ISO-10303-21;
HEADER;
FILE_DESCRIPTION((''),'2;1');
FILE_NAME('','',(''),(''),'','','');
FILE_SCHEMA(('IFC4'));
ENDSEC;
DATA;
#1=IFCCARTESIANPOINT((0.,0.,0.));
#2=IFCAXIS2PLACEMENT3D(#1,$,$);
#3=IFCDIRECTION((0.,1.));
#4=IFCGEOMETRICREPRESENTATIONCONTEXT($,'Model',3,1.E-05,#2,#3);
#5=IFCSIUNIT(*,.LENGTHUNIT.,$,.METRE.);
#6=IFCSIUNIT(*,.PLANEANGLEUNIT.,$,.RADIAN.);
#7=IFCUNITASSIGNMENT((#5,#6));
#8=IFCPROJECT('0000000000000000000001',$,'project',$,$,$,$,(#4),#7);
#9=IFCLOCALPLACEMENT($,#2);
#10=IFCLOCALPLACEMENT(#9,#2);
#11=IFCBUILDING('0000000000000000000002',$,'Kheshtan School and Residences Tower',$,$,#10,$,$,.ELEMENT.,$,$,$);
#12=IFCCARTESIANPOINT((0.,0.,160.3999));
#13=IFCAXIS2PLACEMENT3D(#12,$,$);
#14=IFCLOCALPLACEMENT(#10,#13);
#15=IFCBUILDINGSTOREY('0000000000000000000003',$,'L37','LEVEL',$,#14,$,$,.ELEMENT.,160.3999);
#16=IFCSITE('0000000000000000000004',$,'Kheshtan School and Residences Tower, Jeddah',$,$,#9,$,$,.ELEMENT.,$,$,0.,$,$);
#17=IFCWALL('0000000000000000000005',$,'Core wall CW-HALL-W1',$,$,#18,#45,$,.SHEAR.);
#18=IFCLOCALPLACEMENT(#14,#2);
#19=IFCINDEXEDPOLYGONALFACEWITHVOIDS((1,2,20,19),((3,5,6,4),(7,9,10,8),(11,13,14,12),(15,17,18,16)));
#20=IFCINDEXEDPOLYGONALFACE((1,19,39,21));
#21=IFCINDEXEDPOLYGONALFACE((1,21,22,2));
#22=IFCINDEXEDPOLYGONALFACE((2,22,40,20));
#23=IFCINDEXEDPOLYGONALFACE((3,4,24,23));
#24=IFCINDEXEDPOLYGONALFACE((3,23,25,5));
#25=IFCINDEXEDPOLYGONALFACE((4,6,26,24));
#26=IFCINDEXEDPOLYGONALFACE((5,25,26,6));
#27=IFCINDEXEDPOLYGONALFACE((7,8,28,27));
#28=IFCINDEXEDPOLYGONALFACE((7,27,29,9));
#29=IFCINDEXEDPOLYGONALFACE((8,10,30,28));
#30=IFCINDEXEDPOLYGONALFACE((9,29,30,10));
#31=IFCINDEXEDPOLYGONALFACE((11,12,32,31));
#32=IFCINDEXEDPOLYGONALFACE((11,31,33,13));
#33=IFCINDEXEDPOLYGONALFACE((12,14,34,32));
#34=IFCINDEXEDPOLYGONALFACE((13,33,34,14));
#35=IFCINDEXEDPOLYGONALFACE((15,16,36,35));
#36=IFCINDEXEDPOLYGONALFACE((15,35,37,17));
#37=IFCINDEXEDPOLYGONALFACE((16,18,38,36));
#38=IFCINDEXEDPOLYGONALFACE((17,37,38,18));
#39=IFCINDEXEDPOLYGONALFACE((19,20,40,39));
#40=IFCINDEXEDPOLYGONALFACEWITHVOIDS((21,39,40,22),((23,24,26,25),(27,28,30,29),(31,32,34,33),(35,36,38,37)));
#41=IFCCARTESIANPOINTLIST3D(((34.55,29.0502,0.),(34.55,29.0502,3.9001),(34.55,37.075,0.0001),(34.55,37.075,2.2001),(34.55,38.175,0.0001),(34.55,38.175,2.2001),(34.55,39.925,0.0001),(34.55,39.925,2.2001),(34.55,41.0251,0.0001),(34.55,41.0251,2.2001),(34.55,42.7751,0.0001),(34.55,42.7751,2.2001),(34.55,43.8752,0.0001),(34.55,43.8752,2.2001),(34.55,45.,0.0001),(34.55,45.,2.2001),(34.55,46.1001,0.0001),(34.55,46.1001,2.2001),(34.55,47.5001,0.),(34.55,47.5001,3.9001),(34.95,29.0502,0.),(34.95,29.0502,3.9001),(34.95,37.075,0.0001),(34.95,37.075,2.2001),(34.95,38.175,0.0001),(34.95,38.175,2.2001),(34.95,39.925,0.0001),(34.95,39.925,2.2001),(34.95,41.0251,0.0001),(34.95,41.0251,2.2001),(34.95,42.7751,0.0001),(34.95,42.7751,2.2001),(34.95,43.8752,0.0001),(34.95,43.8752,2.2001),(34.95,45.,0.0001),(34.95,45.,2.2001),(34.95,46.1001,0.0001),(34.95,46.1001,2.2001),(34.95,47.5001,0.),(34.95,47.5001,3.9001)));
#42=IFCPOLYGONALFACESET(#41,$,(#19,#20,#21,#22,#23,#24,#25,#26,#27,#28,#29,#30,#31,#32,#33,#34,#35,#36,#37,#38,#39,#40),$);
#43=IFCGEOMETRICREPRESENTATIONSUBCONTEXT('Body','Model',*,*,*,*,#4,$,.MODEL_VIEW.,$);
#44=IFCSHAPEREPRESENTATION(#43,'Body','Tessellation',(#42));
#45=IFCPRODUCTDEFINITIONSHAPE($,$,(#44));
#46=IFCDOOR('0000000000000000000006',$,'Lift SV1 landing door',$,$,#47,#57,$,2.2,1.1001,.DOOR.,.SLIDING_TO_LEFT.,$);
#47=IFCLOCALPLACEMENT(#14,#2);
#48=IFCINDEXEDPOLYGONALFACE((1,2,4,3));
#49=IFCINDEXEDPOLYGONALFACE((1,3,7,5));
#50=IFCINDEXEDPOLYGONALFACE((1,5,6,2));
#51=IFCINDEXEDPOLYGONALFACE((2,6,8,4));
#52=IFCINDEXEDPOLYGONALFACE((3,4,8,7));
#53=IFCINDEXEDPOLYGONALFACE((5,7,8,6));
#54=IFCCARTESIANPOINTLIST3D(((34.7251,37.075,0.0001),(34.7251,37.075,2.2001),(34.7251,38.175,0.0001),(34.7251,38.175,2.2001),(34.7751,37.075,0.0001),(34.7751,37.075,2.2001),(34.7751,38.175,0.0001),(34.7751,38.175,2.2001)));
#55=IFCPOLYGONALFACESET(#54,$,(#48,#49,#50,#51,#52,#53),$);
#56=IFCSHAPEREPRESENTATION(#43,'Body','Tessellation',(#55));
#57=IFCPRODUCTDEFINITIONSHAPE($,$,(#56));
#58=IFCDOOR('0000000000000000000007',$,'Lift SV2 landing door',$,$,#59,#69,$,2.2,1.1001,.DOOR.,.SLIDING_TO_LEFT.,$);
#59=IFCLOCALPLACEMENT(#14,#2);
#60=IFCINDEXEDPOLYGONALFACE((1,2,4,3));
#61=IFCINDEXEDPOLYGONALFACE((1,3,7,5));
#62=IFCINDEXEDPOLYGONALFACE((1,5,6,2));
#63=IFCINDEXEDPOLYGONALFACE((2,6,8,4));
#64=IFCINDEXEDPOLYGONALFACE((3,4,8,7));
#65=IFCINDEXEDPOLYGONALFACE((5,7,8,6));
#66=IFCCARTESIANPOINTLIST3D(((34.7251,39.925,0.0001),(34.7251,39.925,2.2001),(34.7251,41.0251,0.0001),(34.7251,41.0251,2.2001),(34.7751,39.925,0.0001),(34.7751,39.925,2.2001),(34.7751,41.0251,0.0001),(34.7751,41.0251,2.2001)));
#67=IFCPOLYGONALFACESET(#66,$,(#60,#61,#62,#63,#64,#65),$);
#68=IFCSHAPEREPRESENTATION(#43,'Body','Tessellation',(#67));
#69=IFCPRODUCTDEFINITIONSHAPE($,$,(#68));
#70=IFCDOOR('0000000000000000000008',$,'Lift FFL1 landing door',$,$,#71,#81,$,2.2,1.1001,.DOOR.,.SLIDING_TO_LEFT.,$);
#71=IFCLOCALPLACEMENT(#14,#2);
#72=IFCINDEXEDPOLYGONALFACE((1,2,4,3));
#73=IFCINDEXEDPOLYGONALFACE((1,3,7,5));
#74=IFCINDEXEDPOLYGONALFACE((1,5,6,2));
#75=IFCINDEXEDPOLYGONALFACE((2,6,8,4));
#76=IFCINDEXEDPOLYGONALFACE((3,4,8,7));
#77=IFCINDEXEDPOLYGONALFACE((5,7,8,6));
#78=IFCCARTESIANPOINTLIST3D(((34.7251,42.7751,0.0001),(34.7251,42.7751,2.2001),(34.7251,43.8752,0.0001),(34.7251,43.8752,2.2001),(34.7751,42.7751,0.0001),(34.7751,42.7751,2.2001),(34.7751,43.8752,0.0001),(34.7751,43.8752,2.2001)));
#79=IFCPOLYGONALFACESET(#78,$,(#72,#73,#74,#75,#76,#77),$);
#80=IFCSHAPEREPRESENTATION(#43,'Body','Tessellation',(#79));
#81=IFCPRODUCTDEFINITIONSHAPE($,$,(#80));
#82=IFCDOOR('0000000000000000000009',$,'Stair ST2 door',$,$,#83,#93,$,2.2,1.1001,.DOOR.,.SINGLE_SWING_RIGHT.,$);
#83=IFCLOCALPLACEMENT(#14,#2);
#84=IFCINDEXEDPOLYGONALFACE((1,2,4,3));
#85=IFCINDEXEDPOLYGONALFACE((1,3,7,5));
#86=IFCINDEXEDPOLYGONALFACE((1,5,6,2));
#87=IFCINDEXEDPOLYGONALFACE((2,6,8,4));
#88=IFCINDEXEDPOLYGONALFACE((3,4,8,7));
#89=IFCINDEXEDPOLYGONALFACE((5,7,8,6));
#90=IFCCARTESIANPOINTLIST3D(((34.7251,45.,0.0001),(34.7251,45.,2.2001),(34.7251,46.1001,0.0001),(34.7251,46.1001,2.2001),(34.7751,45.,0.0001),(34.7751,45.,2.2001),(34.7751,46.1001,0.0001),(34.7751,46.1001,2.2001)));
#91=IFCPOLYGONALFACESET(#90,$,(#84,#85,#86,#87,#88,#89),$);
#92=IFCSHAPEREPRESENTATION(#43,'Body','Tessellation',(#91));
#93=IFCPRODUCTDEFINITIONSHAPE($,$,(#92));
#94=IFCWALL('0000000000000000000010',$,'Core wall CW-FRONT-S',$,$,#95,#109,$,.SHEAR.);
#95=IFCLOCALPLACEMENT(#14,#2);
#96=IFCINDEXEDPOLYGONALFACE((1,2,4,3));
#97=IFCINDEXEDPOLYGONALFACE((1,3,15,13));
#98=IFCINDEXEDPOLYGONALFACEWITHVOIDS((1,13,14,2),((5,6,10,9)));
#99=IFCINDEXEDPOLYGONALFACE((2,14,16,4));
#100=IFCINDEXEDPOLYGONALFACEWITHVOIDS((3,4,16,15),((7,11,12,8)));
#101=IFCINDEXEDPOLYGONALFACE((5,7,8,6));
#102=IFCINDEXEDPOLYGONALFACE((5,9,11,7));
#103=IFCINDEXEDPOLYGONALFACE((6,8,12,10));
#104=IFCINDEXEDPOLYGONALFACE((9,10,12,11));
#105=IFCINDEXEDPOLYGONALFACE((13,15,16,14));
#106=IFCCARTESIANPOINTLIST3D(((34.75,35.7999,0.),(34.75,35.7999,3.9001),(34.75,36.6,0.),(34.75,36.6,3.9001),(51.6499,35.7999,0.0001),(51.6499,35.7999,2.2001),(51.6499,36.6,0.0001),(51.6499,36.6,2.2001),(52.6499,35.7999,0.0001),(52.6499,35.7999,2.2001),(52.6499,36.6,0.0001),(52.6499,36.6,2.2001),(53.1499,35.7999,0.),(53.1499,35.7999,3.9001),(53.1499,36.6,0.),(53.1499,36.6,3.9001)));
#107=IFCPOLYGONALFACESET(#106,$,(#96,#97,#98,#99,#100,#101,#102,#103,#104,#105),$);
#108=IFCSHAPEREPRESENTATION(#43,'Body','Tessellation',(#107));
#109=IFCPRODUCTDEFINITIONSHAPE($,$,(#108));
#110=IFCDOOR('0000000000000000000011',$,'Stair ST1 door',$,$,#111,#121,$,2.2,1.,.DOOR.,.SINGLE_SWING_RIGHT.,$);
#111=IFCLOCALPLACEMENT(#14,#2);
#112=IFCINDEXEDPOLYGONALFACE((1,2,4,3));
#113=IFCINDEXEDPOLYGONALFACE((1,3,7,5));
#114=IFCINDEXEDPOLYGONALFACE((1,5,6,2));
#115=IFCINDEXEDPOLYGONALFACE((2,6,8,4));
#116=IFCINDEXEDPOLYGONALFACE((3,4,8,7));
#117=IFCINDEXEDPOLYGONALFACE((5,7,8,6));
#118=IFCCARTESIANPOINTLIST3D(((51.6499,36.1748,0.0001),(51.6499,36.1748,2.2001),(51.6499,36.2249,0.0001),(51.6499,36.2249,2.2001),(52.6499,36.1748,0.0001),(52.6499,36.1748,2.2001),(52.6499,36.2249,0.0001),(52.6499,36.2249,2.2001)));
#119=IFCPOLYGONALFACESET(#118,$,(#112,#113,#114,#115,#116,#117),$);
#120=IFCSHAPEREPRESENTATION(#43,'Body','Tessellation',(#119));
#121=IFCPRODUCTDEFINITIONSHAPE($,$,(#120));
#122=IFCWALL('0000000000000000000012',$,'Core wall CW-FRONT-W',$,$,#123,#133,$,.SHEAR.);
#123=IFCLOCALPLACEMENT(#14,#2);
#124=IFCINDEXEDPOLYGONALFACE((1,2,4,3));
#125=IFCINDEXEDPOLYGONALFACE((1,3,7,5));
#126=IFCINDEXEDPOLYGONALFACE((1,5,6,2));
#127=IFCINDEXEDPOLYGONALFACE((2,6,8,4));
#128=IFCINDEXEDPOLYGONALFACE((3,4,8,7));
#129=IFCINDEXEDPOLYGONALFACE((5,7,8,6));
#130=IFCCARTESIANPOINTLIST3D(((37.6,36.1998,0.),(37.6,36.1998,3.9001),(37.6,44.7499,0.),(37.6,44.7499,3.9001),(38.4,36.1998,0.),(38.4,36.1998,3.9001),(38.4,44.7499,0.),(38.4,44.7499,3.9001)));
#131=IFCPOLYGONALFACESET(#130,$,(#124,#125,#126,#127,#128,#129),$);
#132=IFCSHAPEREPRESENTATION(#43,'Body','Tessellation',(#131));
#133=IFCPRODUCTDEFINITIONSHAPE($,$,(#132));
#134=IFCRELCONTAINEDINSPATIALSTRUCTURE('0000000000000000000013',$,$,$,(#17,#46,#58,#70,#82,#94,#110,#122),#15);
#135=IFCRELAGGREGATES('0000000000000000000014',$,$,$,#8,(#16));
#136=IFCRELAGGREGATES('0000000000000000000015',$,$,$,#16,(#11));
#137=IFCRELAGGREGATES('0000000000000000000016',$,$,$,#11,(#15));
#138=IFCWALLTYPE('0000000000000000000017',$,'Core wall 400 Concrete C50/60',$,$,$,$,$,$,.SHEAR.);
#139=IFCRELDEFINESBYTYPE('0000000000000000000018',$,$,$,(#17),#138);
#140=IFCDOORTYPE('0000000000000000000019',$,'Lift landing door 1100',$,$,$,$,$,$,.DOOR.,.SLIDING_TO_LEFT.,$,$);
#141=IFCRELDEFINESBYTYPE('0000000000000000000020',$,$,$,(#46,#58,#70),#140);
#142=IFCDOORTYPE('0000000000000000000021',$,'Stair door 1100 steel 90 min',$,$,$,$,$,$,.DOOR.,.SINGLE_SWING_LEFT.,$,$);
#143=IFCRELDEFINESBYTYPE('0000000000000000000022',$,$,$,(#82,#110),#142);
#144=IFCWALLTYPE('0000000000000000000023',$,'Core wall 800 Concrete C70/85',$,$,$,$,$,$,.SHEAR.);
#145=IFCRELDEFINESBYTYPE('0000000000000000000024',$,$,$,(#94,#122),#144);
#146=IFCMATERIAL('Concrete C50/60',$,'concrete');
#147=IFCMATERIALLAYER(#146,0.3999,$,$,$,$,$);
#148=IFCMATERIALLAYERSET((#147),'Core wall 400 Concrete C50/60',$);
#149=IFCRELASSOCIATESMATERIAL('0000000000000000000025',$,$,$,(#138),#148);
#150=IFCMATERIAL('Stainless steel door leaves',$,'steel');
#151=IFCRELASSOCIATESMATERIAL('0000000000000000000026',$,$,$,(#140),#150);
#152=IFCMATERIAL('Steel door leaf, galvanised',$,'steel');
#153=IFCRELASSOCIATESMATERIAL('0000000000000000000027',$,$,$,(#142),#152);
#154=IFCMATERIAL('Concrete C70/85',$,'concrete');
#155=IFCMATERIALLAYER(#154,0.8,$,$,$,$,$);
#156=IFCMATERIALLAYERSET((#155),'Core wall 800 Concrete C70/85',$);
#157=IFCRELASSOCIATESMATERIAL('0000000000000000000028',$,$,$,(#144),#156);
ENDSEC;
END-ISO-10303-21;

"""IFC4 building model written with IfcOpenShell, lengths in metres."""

from ifc_helpers import new_model, si_unit, direction, frame, frame_2d, origin, place, context, subcontext, project, spatial, rectangle, extrude, source, transform, mapped, material, layer, layer_set, type_object, element, fill, save


model = new_model("IFC4")

# Units and contexts
model_context = context("Model", 3, precision=1e-05, world=origin(), true_north=direction((0.0, 1.0)))
body_context = subcontext(model_context, "Body", "Model", "MODEL_VIEW")
ifc_project = project(units=[si_unit("LENGTHUNIT", "METRE"), si_unit("PLANEANGLEUNIT", "RADIAN")], contexts=[model_context])

# Site, building, storey
site_placement = place(None, origin())
site = spatial("IfcSite", under=ifc_project, at=site_placement, Name="Kheshtan School and Residences Tower, Jeddah", CompositionType="ELEMENT", RefElevation=0.0)
building_placement = place(site_placement, origin())
building = spatial("IfcBuilding", under=site, at=building_placement, Name="Kheshtan School and Residences Tower", CompositionType="ELEMENT")
storey_placement = place(building_placement, frame((0.0, 0.0, 160.3999)))
storey = spatial("IfcBuildingStorey", under=building, at=storey_placement, Name="L37", Description="LEVEL", CompositionType="ELEMENT", Elevation=160.3999)

# Shared definitions
ifc_material_1 = material(Name="Concrete C50/60", Category="concrete")
ifc_layer_1 = layer(ifc_material_1, 0.3999)
ifc_layer_set_1 = layer_set([ifc_layer_1], Name="Core wall 400 Concrete C50/60")
wall_type_1 = type_object("IfcWallType", Name="Core wall 400 Concrete C50/60", PredefinedType="SHEAR", material=ifc_layer_set_1)
ifc_material_2 = material(Name="Stainless steel door leaves", Category="steel")
door_type_1 = type_object("IfcDoorType", Name="Lift landing door 1100", OperationType="SLIDING_TO_LEFT", PredefinedType="DOOR", material=ifc_material_2)
shared_shape_1 = source(origin(), body_context, "Body", "SweptSolid", [
    extrude(rectangle(XDim=1.1001, YDim=2.2, at=frame_2d((0.55, 1.1001))), frame((0.0, 0.0249, 0.0), z_axis=(0.0, -1.0, 0.0), x_axis=(1.0, 0.0, 0.0)), (0.0, 0.0, 1.0), 0.05),
])

# Wall, openings, doors
wall_1_placement = place(storey_placement, frame((34.75, 29.05, 0.0), z_axis=(0.0, 0.0, 1.0), x_axis=(0.0, 1.0, 0.0)))
wall_1 = element("IfcWall", 1, at=wall_1_placement, inside=storey, type_object=wall_type_1, Name="Core wall CW-HALL-W1", PredefinedType="SHEAR", context=body_context, shape_type="SweptSolid", body=[
    extrude(rectangle(XDim=18.45, YDim=0.3999, at=frame_2d((9.2251, 0.0))), origin(), (0.0, 0.0, 1.0), 3.9001),
])
opening_1_placement = place(wall_1_placement, frame((8.0249, 0.0, 0.0)))
opening_1 = element("IfcOpeningElement", 2, at=opening_1_placement, cuts=wall_1, PredefinedType="OPENING", context=body_context, shape_type="SweptSolid", body=[
    extrude(rectangle(XDim=1.1001, YDim=2.2, at=frame_2d((0.55, 1.1001))), frame((0.0, 0.21, 0.0), z_axis=(0.0, -1.0, 0.0), x_axis=(1.0, 0.0, 0.0)), (0.0, 0.0, 1.0), 0.4199),
])
opening_2_placement = place(wall_1_placement, frame((10.875, 0.0, 0.0)))
opening_2 = element("IfcOpeningElement", 3, at=opening_2_placement, cuts=wall_1, PredefinedType="OPENING", context=body_context, shape_type="SweptSolid", body=[
    extrude(rectangle(XDim=1.1001, YDim=2.2, at=frame_2d((0.55, 1.1001))), frame((0.0, 0.21, 0.0), z_axis=(0.0, -1.0, 0.0), x_axis=(1.0, 0.0, 0.0)), (0.0, 0.0, 1.0), 0.4199),
])
opening_3_placement = place(wall_1_placement, frame((13.7251, 0.0, 0.0)))
opening_3 = element("IfcOpeningElement", 4, at=opening_3_placement, cuts=wall_1, PredefinedType="OPENING", context=body_context, shape_type="SweptSolid", body=[
    extrude(rectangle(XDim=1.1001, YDim=2.2, at=frame_2d((0.55, 1.1001))), frame((0.0, 0.21, 0.0), z_axis=(0.0, -1.0, 0.0), x_axis=(1.0, 0.0, 0.0)), (0.0, 0.0, 1.0), 0.4199),
])
opening_4_placement = place(wall_1_placement, frame((15.95, 0.0, 0.0)))
opening_4 = element("IfcOpeningElement", 5, at=opening_4_placement, cuts=wall_1, PredefinedType="OPENING", context=body_context, shape_type="SweptSolid", body=[
    extrude(rectangle(XDim=1.1001, YDim=2.2, at=frame_2d((0.55, 1.1001))), frame((0.0, 0.21, 0.0), z_axis=(0.0, -1.0, 0.0), x_axis=(1.0, 0.0, 0.0)), (0.0, 0.0, 1.0), 0.4199),
])
door_1_placement = place(opening_1_placement, origin())
door_1 = element("IfcDoor", 6, at=door_1_placement, inside=storey, type_object=door_type_1, Name="Lift SV1 landing door", OperationType="SLIDING_TO_LEFT", OverallHeight=2.2, OverallWidth=1.1001, PredefinedType="DOOR", context=body_context, shape_type="MappedRepresentation", body=[
    mapped(shared_shape_1, transform((0.0, 0.0, 0.0), x_axis=(1.0, 0.0, 0.0), y_axis=(0.0, 1.0, 0.0), z_axis=(0.0, 0.0, 1.0), scale=1.0)),
])
fill(opening_1, door_1)
door_2_placement = place(opening_2_placement, origin())
door_2 = element("IfcDoor", 7, at=door_2_placement, inside=storey, type_object=door_type_1, Name="Lift SV2 landing door", OperationType="SLIDING_TO_LEFT", OverallHeight=2.2, OverallWidth=1.1001, PredefinedType="DOOR", context=body_context, shape_type="MappedRepresentation", body=[
    mapped(shared_shape_1, transform((0.0, 0.0, 0.0), x_axis=(1.0, 0.0, 0.0), y_axis=(0.0, 1.0, 0.0), z_axis=(0.0, 0.0, 1.0), scale=1.0)),
])
fill(opening_2, door_2)
door_3_placement = place(opening_3_placement, origin())
door_3 = element("IfcDoor", 8, at=door_3_placement, inside=storey, type_object=door_type_1, Name="Lift FFL1 landing door", OperationType="SLIDING_TO_LEFT", OverallHeight=2.2, OverallWidth=1.1001, PredefinedType="DOOR", context=body_context, shape_type="MappedRepresentation", body=[
    mapped(shared_shape_1, transform((0.0, 0.0, 0.0), x_axis=(1.0, 0.0, 0.0), y_axis=(0.0, 1.0, 0.0), z_axis=(0.0, 0.0, 1.0), scale=1.0)),
])
fill(opening_3, door_3)
ifc_material_3 = material(Name="Steel door leaf, galvanised", Category="steel")
door_type_2 = type_object("IfcDoorType", Name="Stair door 1100 steel 90 min", OperationType="SINGLE_SWING_LEFT", PredefinedType="DOOR", material=ifc_material_3)
shared_shape_2 = source(origin(), body_context, "Body", "SweptSolid", [
    extrude(rectangle(XDim=1.1001, YDim=2.2, at=frame_2d((0.55, 1.1001))), frame((0.0, 0.0249, 0.0), z_axis=(0.0, -1.0, 0.0), x_axis=(1.0, 0.0, 0.0)), (0.0, 0.0, 1.0), 0.05),
])
door_4_placement = place(opening_4_placement, origin())
door_4 = element("IfcDoor", 9, at=door_4_placement, inside=storey, type_object=door_type_2, Name="Stair ST2 door", OperationType="SINGLE_SWING_RIGHT", OverallHeight=2.2, OverallWidth=1.1001, PredefinedType="DOOR", context=body_context, shape_type="MappedRepresentation", body=[
    mapped(shared_shape_2, transform((0.0, 0.0, 0.0), x_axis=(1.0, 0.0, 0.0), y_axis=(0.0, 1.0, 0.0), z_axis=(0.0, 0.0, 1.0), scale=1.0)),
])
fill(opening_4, door_4)

# Wall, opening, door
ifc_material_4 = material(Name="Concrete C70/85", Category="concrete")
ifc_layer_2 = layer(ifc_material_4, 0.8)
ifc_layer_set_2 = layer_set([ifc_layer_2], Name="Core wall 800 Concrete C70/85")
wall_type_2 = type_object("IfcWallType", Name="Core wall 800 Concrete C70/85", PredefinedType="SHEAR", material=ifc_layer_set_2)
wall_2_placement = place(storey_placement, frame((34.75, 36.2, 0.0), z_axis=(0.0, 0.0, 1.0), x_axis=(1.0, 0.0, 0.0)))
wall_2 = element("IfcWall", 10, at=wall_2_placement, inside=storey, type_object=wall_type_2, Name="Core wall CW-FRONT-S", PredefinedType="SHEAR", context=body_context, shape_type="SweptSolid", body=[
    extrude(rectangle(XDim=18.3999, YDim=0.8, at=frame_2d((9.2, 0.0))), origin(), (0.0, 0.0, 1.0), 3.9001),
])
opening_5_placement = place(wall_2_placement, frame((16.8999, 0.0, 0.0)))
opening_5 = element("IfcOpeningElement", 11, at=opening_5_placement, cuts=wall_2, PredefinedType="OPENING", context=body_context, shape_type="SweptSolid", body=[
    extrude(rectangle(XDim=1.0, YDim=2.2, at=frame_2d((0.5, 1.1001))), frame((0.0, 0.4102, 0.0), z_axis=(0.0, -1.0, 0.0), x_axis=(1.0, 0.0, 0.0)), (0.0, 0.0, 1.0), 0.8201),
])
shared_shape_3 = source(origin(), body_context, "Body", "SweptSolid", [
    extrude(rectangle(XDim=1.0, YDim=2.2, at=frame_2d((0.5, 1.1001))), frame((0.0, 0.0249, 0.0), z_axis=(0.0, -1.0, 0.0), x_axis=(1.0, 0.0, 0.0)), (0.0, 0.0, 1.0), 0.05),
])
door_5_placement = place(opening_5_placement, origin())
door_5 = element("IfcDoor", 12, at=door_5_placement, inside=storey, type_object=door_type_2, Name="Stair ST1 door", OperationType="SINGLE_SWING_RIGHT", OverallHeight=2.2, OverallWidth=1.0, PredefinedType="DOOR", context=body_context, shape_type="MappedRepresentation", body=[
    mapped(shared_shape_3, transform((0.0, 0.0, 0.0), x_axis=(1.0, 0.0, 0.0), y_axis=(0.0, 1.0, 0.0), z_axis=(0.0, 0.0, 1.0), scale=1.0)),
])
fill(opening_5, door_5)

# Wall
wall_3_placement = place(storey_placement, frame((38.0, 36.2, 0.0), z_axis=(0.0, 0.0, 1.0), x_axis=(0.0, 1.0, 0.0)))
element("IfcWall", 13, at=wall_3_placement, inside=storey, type_object=wall_type_2, Name="Core wall CW-FRONT-W", PredefinedType="SHEAR", context=body_context, shape_type="SweptSolid", body=[
    extrude(rectangle(XDim=8.55, YDim=0.8, at=frame_2d((4.2749, 0.0))), origin(), (0.0, 0.0, 1.0), 3.9001),
])

save(model, "model.ifc")
